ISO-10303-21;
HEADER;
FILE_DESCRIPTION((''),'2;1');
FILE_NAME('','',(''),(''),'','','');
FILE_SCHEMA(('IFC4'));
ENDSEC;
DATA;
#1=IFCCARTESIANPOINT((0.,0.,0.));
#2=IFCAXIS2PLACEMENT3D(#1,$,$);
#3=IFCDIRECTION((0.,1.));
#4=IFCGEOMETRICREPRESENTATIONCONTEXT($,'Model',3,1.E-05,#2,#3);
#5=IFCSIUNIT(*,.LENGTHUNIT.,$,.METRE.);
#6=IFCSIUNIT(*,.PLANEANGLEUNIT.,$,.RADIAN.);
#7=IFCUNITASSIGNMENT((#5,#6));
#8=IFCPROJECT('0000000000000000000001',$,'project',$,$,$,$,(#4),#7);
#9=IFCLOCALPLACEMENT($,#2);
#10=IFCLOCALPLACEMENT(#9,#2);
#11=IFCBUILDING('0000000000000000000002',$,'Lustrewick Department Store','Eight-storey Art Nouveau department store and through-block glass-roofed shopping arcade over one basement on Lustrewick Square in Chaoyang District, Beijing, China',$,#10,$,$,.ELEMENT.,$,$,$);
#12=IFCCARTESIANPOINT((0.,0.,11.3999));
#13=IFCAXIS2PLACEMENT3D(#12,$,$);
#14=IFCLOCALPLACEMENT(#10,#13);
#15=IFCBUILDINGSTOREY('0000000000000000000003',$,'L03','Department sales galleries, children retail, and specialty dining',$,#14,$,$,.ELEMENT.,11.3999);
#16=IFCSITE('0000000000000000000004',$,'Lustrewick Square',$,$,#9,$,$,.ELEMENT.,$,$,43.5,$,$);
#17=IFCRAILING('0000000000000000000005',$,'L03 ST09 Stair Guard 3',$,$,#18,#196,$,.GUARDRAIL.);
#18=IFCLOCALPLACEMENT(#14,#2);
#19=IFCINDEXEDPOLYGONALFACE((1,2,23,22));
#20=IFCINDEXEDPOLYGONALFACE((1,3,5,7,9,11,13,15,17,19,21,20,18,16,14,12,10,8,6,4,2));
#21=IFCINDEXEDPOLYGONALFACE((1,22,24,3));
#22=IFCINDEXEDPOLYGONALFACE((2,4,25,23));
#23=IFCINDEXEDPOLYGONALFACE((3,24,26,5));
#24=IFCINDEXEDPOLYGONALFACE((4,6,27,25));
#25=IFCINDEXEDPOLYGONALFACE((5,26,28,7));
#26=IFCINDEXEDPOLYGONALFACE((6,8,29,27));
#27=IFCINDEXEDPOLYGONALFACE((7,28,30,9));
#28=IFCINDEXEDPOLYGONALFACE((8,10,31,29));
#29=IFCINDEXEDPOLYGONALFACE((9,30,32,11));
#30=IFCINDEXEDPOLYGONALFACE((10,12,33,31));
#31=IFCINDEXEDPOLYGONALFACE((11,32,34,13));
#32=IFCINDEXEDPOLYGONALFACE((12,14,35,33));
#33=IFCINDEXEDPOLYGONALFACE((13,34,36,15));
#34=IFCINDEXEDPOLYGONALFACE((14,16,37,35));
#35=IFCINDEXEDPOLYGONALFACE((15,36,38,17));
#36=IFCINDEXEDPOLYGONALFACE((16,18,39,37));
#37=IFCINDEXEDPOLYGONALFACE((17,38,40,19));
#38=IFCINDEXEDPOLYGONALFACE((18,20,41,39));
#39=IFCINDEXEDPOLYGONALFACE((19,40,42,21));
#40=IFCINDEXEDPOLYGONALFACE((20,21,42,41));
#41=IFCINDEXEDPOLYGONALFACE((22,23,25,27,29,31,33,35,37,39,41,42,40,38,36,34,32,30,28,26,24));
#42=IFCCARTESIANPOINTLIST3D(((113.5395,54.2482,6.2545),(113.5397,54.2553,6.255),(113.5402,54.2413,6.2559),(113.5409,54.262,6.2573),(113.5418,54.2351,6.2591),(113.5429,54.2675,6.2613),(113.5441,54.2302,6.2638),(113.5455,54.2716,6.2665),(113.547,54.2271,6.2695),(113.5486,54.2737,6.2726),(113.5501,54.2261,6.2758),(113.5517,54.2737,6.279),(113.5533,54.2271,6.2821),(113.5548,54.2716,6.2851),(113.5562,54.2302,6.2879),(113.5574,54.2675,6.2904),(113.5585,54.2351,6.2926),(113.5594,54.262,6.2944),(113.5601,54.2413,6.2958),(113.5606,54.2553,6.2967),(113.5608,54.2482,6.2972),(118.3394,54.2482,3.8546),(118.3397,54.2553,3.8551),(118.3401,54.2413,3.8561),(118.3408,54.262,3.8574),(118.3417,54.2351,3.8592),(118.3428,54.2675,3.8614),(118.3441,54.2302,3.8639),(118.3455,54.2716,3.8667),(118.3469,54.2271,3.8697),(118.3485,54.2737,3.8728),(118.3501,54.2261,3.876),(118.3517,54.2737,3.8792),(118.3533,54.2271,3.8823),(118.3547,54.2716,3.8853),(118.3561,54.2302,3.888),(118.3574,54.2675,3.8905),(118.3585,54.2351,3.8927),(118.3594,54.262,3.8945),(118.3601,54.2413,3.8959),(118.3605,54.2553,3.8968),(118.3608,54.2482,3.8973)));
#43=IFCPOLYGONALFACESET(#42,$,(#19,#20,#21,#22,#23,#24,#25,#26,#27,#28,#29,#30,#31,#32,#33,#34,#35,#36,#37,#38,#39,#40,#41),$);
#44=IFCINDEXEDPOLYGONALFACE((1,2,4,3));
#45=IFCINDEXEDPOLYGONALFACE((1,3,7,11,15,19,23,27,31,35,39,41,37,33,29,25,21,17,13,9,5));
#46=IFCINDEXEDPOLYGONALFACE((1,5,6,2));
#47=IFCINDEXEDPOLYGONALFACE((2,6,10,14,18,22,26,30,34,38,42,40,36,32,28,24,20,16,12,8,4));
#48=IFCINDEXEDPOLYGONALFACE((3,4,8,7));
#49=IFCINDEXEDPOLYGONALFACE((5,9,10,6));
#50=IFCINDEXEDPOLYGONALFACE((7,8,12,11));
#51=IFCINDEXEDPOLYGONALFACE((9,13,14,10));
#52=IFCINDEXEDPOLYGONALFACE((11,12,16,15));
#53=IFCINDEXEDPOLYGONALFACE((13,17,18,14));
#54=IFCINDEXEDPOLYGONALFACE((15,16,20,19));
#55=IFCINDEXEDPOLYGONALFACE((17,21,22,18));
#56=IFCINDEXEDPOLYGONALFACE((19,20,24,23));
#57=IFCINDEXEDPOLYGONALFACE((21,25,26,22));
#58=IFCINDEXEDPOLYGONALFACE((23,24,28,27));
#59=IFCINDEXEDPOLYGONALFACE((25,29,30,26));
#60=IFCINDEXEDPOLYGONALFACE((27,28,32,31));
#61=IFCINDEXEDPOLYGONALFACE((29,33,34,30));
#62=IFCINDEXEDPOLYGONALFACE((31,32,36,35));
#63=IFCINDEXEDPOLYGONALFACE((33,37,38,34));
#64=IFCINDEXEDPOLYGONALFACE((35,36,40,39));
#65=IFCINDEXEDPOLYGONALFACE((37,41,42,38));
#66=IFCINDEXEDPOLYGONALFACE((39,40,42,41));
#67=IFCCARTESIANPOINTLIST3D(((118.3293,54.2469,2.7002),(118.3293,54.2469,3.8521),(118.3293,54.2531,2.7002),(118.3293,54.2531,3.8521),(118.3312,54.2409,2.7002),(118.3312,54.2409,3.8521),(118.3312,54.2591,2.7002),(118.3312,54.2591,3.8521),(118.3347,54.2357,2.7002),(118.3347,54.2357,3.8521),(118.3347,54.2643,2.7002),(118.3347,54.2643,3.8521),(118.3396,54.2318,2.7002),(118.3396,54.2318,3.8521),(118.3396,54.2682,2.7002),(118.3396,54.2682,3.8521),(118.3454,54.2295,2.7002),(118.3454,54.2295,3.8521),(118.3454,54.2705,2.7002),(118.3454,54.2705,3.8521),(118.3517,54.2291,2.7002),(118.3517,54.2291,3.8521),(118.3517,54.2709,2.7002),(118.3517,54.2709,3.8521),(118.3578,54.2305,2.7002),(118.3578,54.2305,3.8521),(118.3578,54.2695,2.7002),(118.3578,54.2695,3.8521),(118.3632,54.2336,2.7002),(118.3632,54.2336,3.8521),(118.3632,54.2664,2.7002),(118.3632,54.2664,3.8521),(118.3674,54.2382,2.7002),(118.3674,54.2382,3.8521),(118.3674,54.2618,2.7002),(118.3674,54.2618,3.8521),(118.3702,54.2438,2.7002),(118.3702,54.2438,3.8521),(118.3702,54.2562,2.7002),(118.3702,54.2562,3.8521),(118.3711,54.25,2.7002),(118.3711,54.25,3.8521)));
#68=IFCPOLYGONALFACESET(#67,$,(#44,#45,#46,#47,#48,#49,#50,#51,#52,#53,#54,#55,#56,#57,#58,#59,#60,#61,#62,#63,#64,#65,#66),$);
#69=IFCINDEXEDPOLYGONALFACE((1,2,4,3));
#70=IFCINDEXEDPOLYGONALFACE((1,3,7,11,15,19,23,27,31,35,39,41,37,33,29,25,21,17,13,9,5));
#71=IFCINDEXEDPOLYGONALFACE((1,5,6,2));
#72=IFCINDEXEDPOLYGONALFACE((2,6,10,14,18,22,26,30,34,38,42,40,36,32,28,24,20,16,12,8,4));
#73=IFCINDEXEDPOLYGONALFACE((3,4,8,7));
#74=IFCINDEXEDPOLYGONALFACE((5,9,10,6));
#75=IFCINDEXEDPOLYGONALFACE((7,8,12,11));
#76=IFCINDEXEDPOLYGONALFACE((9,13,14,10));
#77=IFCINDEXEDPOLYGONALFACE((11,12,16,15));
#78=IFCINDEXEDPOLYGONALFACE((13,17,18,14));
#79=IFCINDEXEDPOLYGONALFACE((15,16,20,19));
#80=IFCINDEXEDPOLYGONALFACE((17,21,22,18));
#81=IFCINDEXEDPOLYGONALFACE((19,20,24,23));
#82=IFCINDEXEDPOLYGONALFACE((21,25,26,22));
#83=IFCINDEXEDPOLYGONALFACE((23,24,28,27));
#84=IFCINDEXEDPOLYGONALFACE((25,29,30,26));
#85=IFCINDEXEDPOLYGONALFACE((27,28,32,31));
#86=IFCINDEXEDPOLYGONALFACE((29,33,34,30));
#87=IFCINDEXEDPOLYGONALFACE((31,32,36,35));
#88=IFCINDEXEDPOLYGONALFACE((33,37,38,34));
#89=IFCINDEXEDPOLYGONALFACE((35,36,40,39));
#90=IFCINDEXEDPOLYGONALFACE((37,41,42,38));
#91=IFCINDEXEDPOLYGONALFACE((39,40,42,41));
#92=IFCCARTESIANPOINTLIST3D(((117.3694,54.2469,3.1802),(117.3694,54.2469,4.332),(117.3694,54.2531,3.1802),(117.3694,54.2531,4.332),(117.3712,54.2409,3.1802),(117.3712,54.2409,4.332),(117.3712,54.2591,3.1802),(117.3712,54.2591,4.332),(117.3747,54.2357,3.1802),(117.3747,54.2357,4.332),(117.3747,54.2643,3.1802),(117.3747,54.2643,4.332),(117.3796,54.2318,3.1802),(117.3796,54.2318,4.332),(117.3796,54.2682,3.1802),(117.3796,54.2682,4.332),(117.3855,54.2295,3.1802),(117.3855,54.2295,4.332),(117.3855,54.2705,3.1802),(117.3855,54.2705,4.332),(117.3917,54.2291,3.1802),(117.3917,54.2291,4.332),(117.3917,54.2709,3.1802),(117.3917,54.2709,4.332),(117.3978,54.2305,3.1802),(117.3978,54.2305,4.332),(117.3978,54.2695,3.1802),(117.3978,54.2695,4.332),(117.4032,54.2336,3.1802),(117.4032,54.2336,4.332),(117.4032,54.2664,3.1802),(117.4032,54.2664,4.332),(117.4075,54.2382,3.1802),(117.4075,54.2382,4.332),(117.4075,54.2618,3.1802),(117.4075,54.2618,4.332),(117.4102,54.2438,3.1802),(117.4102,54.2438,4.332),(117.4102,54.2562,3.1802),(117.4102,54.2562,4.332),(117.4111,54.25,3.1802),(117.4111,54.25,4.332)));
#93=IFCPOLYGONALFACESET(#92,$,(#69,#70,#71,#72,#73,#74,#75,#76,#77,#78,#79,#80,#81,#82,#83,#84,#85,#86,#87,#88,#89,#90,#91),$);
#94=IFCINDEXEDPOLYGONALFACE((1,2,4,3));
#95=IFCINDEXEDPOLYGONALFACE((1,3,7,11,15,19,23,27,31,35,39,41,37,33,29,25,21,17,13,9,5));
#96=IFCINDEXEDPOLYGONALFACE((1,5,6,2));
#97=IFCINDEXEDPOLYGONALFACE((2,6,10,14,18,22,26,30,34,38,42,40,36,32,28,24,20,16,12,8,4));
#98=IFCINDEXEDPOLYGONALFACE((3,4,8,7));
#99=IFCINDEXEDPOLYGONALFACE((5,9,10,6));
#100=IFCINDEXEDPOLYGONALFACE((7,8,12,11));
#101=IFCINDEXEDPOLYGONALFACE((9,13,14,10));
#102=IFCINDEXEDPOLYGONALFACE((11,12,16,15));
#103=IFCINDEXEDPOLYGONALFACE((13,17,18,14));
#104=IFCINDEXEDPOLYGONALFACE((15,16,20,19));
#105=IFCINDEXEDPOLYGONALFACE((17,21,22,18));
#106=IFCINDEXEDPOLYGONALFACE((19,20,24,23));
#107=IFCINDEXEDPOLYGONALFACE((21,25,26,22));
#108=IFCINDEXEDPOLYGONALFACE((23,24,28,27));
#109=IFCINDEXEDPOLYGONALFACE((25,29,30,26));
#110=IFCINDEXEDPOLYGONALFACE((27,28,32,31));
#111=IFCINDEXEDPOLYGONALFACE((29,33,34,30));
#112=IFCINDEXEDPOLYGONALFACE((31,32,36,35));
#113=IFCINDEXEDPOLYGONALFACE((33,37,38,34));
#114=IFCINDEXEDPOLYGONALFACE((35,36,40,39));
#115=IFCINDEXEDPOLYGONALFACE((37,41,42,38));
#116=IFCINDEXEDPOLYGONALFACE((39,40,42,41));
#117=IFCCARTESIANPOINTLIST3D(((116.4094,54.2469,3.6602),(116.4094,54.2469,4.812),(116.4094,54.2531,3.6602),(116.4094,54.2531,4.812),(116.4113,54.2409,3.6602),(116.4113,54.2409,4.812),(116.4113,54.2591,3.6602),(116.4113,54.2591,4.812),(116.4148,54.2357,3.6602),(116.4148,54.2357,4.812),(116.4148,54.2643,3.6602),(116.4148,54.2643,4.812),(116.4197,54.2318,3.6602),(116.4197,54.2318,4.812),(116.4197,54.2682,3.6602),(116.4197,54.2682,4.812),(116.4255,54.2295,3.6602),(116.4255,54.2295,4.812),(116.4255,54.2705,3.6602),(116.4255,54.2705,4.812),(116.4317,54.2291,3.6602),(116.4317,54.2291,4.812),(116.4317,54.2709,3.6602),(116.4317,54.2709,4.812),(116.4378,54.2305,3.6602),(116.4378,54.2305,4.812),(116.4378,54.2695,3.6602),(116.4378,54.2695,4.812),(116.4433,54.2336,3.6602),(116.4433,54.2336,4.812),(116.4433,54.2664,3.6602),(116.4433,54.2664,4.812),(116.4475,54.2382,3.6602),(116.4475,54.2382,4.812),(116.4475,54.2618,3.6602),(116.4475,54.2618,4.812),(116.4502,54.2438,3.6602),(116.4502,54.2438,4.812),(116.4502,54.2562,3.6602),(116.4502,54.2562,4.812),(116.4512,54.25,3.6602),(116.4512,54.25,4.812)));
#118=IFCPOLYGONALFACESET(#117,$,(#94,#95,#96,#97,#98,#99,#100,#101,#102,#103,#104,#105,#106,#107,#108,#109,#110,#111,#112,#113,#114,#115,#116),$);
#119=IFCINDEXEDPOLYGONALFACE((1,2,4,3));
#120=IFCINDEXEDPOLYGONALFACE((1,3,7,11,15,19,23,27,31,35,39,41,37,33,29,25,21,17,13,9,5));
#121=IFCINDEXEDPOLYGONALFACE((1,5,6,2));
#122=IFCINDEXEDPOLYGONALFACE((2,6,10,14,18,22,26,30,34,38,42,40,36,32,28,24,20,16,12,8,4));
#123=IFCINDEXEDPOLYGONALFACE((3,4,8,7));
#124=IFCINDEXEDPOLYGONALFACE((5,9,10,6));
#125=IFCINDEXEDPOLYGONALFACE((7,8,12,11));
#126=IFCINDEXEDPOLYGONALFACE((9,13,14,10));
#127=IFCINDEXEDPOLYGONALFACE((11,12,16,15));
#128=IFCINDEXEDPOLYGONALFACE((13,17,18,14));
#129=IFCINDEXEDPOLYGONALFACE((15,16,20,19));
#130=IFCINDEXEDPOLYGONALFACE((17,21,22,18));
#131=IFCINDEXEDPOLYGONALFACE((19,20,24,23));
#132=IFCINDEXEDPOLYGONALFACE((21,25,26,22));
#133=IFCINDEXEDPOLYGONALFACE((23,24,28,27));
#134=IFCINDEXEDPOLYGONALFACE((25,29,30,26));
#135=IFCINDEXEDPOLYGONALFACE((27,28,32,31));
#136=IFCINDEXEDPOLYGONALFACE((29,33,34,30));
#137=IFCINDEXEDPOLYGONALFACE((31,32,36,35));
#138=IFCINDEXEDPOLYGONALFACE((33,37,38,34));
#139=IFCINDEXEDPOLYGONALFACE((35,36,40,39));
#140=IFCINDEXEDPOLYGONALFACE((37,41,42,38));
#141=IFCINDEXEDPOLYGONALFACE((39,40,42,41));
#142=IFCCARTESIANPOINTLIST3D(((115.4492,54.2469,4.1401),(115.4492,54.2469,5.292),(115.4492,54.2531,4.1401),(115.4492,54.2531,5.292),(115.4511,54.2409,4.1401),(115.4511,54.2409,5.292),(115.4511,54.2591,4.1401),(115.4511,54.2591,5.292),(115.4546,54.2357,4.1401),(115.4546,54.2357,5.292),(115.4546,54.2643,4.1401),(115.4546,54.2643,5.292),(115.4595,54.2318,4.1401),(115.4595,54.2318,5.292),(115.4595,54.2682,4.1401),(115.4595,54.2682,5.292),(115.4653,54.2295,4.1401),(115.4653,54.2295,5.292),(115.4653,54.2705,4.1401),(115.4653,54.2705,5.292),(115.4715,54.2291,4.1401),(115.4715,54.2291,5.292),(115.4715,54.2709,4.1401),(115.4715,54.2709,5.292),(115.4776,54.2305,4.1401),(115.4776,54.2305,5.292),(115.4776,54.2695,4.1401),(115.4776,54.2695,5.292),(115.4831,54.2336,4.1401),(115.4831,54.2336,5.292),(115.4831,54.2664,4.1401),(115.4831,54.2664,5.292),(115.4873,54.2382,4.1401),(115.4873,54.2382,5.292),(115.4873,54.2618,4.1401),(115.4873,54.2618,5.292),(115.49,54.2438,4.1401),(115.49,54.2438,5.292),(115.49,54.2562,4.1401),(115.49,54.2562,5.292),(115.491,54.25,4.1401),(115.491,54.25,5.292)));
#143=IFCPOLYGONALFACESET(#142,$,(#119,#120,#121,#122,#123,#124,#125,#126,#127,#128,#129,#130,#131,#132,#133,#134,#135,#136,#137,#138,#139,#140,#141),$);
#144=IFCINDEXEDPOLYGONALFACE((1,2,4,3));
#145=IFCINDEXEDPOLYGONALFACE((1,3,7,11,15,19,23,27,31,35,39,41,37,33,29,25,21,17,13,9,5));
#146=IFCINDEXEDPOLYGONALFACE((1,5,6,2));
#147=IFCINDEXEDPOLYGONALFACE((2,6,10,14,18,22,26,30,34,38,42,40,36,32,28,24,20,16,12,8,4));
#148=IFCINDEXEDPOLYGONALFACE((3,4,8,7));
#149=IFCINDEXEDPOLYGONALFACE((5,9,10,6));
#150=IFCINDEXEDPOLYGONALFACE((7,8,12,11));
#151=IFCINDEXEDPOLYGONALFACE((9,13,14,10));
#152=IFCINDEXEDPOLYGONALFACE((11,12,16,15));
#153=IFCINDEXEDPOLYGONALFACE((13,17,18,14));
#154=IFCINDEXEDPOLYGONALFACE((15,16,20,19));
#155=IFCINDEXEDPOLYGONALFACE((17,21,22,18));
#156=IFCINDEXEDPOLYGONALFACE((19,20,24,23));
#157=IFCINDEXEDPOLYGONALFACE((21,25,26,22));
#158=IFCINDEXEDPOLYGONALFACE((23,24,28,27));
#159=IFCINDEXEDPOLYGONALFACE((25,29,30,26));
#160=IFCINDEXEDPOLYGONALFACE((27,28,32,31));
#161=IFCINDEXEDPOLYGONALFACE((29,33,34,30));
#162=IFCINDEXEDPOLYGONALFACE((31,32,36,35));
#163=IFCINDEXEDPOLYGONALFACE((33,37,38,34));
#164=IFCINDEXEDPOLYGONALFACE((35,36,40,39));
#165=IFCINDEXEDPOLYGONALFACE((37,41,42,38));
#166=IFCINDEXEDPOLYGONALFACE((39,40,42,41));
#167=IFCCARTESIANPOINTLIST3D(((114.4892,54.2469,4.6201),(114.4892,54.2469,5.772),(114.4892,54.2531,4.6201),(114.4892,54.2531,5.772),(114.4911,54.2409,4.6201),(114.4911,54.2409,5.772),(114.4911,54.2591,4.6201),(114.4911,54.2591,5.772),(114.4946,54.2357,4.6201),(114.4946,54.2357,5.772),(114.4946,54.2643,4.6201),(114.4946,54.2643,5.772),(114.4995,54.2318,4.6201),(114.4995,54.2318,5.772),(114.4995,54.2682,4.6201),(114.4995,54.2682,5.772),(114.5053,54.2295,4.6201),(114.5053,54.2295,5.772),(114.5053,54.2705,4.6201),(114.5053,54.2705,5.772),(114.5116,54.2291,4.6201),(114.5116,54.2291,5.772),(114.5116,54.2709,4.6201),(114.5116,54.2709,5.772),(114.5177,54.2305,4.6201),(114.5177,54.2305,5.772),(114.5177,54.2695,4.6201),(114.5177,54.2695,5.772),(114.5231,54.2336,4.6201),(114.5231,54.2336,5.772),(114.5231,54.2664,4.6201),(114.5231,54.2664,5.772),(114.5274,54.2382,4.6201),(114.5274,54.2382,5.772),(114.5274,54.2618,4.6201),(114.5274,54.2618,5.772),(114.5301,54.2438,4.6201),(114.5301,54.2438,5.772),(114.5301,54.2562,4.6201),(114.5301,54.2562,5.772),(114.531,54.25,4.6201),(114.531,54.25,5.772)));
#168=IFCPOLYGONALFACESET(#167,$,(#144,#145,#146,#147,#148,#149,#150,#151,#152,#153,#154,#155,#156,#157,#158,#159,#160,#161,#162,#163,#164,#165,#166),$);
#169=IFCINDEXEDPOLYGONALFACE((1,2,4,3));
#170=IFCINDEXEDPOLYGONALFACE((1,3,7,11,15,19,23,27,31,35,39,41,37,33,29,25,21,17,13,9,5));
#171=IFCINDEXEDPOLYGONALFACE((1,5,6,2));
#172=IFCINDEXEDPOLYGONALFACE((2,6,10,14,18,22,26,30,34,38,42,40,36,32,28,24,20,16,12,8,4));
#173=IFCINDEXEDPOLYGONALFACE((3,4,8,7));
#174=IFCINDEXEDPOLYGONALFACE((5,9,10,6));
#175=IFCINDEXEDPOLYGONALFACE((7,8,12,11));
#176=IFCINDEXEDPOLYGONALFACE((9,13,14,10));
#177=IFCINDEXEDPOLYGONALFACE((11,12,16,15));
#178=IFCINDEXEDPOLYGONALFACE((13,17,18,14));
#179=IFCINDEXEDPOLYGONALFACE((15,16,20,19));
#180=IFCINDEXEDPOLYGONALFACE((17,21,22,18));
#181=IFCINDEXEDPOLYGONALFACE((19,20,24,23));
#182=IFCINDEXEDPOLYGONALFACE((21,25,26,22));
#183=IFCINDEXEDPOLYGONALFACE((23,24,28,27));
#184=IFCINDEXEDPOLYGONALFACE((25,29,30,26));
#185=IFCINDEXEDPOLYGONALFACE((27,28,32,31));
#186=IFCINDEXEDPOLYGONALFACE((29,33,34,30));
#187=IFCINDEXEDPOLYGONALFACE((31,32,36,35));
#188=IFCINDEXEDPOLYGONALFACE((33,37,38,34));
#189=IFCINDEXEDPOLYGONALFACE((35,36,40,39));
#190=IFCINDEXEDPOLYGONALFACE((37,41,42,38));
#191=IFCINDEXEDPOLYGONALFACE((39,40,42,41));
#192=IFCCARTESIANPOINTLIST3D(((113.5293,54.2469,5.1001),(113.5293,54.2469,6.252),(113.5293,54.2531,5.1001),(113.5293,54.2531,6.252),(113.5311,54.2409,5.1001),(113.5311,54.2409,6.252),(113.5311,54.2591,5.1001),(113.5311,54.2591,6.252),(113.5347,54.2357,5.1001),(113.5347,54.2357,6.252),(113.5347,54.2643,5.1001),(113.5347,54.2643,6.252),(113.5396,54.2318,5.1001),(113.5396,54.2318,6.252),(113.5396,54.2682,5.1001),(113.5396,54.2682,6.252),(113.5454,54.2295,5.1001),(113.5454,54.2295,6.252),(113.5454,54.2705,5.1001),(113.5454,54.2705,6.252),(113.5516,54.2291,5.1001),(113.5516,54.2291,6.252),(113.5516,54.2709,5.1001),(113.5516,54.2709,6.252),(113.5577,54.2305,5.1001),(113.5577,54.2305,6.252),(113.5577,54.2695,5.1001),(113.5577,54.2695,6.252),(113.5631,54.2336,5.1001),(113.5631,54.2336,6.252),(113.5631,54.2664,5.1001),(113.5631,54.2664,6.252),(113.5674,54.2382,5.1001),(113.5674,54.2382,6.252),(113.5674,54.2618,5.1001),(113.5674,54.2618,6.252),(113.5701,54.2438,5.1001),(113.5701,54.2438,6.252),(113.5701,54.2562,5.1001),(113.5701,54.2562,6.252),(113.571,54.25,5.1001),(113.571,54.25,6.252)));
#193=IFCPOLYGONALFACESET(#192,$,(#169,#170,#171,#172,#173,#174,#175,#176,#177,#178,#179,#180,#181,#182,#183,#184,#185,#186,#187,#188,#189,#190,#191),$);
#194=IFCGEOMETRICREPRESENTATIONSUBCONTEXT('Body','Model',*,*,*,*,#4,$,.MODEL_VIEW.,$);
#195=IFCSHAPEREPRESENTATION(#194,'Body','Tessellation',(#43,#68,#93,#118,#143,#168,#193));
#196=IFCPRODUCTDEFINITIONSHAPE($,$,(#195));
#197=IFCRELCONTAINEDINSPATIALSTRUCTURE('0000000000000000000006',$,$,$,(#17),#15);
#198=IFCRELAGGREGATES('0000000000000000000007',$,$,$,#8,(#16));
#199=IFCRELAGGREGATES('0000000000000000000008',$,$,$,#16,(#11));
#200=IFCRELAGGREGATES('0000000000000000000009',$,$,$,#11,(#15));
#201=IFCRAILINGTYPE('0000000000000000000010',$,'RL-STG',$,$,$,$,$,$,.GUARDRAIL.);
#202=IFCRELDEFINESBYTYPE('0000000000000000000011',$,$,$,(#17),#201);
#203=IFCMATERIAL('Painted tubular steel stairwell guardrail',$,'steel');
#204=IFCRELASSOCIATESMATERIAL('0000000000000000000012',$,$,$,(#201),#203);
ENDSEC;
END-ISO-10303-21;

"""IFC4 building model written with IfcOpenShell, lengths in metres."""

from ifc_helpers import new_model, si_unit, direction, frame, origin, origin_2d, place, context, subcontext, project, spatial, circle, extrude, material, type_object, element, save


model = new_model("IFC4")

# Units and contexts
model_context = context("Model", 3, precision=1e-05, world=origin(), true_north=direction((0.0, 1.0)))
body_context = subcontext(model_context, "Body", "Model", "MODEL_VIEW")
ifc_project = project(units=[si_unit("LENGTHUNIT", "METRE"), si_unit("PLANEANGLEUNIT", "RADIAN")], contexts=[model_context])

# Site, building, storey
site_placement = place(None, origin())
site = spatial("IfcSite", under=ifc_project, at=site_placement, Name="Lustrewick Square", CompositionType="ELEMENT", RefElevation=43.5)
building_placement = place(site_placement, origin())
building = spatial("IfcBuilding", under=site, at=building_placement, Name="Lustrewick Department Store", Description="Eight-storey Art Nouveau department store and through-block glass-roofed shopping arcade over one basement on Lustrewick Square in Chaoyang District, Beijing, China", CompositionType="ELEMENT")
storey_placement = place(building_placement, frame((0.0, 0.0, 11.3999)))
storey = spatial("IfcBuildingStorey", under=building, at=storey_placement, Name="L03", Description="Department sales galleries, children retail, and specialty dining", CompositionType="ELEMENT", Elevation=11.3999)

# Railing
ifc_material_1 = material(Name="Painted tubular steel stairwell guardrail", Category="steel")
railing_type_1 = type_object("IfcRailingType", Name="RL-STG", PredefinedType="GUARDRAIL", material=ifc_material_1)
railing_1_placement = place(storey_placement, frame((118.3501, 54.25, 2.7002)))
element("IfcRailing", 1, at=railing_1_placement, inside=storey, type_object=railing_type_1, Name="L03 ST09 Stair Guard 3", PredefinedType="GUARDRAIL", context=body_context, shape_type="SweptSolid", body=[
    extrude(circle(Radius=0.0239, at=origin_2d()), frame((0.0, 0.0, 1.1758), z_axis=(-0.894436, 0.0, 0.447195), x_axis=(0.0, -1.0, 0.0)), (0.0, 0.0, 1.0), 5.3665),
    extrude(circle(Radius=0.021, at=origin_2d()), origin(), (0.0, 0.0, 1.0), 1.1519),
    extrude(circle(Radius=0.021, at=origin_2d()), frame((-0.96, 0.0, 0.48)), (0.0, 0.0, 1.0), 1.1519),
    extrude(circle(Radius=0.021, at=origin_2d()), frame((-1.9199, 0.0, 0.96)), (0.0, 0.0, 1.0), 1.1519),
    extrude(circle(Radius=0.021, at=origin_2d()), frame((-2.8801, 0.0, 1.4399)), (0.0, 0.0, 1.0), 1.1519),
    extrude(circle(Radius=0.021, at=origin_2d()), frame((-3.8401, 0.0, 1.9199)), (0.0, 0.0, 1.0), 1.1519),
    extrude(circle(Radius=0.021, at=origin_2d()), frame((-4.8, 0.0, 2.3999)), (0.0, 0.0, 1.0), 1.1519),
])

save(model, "model.ifc")
